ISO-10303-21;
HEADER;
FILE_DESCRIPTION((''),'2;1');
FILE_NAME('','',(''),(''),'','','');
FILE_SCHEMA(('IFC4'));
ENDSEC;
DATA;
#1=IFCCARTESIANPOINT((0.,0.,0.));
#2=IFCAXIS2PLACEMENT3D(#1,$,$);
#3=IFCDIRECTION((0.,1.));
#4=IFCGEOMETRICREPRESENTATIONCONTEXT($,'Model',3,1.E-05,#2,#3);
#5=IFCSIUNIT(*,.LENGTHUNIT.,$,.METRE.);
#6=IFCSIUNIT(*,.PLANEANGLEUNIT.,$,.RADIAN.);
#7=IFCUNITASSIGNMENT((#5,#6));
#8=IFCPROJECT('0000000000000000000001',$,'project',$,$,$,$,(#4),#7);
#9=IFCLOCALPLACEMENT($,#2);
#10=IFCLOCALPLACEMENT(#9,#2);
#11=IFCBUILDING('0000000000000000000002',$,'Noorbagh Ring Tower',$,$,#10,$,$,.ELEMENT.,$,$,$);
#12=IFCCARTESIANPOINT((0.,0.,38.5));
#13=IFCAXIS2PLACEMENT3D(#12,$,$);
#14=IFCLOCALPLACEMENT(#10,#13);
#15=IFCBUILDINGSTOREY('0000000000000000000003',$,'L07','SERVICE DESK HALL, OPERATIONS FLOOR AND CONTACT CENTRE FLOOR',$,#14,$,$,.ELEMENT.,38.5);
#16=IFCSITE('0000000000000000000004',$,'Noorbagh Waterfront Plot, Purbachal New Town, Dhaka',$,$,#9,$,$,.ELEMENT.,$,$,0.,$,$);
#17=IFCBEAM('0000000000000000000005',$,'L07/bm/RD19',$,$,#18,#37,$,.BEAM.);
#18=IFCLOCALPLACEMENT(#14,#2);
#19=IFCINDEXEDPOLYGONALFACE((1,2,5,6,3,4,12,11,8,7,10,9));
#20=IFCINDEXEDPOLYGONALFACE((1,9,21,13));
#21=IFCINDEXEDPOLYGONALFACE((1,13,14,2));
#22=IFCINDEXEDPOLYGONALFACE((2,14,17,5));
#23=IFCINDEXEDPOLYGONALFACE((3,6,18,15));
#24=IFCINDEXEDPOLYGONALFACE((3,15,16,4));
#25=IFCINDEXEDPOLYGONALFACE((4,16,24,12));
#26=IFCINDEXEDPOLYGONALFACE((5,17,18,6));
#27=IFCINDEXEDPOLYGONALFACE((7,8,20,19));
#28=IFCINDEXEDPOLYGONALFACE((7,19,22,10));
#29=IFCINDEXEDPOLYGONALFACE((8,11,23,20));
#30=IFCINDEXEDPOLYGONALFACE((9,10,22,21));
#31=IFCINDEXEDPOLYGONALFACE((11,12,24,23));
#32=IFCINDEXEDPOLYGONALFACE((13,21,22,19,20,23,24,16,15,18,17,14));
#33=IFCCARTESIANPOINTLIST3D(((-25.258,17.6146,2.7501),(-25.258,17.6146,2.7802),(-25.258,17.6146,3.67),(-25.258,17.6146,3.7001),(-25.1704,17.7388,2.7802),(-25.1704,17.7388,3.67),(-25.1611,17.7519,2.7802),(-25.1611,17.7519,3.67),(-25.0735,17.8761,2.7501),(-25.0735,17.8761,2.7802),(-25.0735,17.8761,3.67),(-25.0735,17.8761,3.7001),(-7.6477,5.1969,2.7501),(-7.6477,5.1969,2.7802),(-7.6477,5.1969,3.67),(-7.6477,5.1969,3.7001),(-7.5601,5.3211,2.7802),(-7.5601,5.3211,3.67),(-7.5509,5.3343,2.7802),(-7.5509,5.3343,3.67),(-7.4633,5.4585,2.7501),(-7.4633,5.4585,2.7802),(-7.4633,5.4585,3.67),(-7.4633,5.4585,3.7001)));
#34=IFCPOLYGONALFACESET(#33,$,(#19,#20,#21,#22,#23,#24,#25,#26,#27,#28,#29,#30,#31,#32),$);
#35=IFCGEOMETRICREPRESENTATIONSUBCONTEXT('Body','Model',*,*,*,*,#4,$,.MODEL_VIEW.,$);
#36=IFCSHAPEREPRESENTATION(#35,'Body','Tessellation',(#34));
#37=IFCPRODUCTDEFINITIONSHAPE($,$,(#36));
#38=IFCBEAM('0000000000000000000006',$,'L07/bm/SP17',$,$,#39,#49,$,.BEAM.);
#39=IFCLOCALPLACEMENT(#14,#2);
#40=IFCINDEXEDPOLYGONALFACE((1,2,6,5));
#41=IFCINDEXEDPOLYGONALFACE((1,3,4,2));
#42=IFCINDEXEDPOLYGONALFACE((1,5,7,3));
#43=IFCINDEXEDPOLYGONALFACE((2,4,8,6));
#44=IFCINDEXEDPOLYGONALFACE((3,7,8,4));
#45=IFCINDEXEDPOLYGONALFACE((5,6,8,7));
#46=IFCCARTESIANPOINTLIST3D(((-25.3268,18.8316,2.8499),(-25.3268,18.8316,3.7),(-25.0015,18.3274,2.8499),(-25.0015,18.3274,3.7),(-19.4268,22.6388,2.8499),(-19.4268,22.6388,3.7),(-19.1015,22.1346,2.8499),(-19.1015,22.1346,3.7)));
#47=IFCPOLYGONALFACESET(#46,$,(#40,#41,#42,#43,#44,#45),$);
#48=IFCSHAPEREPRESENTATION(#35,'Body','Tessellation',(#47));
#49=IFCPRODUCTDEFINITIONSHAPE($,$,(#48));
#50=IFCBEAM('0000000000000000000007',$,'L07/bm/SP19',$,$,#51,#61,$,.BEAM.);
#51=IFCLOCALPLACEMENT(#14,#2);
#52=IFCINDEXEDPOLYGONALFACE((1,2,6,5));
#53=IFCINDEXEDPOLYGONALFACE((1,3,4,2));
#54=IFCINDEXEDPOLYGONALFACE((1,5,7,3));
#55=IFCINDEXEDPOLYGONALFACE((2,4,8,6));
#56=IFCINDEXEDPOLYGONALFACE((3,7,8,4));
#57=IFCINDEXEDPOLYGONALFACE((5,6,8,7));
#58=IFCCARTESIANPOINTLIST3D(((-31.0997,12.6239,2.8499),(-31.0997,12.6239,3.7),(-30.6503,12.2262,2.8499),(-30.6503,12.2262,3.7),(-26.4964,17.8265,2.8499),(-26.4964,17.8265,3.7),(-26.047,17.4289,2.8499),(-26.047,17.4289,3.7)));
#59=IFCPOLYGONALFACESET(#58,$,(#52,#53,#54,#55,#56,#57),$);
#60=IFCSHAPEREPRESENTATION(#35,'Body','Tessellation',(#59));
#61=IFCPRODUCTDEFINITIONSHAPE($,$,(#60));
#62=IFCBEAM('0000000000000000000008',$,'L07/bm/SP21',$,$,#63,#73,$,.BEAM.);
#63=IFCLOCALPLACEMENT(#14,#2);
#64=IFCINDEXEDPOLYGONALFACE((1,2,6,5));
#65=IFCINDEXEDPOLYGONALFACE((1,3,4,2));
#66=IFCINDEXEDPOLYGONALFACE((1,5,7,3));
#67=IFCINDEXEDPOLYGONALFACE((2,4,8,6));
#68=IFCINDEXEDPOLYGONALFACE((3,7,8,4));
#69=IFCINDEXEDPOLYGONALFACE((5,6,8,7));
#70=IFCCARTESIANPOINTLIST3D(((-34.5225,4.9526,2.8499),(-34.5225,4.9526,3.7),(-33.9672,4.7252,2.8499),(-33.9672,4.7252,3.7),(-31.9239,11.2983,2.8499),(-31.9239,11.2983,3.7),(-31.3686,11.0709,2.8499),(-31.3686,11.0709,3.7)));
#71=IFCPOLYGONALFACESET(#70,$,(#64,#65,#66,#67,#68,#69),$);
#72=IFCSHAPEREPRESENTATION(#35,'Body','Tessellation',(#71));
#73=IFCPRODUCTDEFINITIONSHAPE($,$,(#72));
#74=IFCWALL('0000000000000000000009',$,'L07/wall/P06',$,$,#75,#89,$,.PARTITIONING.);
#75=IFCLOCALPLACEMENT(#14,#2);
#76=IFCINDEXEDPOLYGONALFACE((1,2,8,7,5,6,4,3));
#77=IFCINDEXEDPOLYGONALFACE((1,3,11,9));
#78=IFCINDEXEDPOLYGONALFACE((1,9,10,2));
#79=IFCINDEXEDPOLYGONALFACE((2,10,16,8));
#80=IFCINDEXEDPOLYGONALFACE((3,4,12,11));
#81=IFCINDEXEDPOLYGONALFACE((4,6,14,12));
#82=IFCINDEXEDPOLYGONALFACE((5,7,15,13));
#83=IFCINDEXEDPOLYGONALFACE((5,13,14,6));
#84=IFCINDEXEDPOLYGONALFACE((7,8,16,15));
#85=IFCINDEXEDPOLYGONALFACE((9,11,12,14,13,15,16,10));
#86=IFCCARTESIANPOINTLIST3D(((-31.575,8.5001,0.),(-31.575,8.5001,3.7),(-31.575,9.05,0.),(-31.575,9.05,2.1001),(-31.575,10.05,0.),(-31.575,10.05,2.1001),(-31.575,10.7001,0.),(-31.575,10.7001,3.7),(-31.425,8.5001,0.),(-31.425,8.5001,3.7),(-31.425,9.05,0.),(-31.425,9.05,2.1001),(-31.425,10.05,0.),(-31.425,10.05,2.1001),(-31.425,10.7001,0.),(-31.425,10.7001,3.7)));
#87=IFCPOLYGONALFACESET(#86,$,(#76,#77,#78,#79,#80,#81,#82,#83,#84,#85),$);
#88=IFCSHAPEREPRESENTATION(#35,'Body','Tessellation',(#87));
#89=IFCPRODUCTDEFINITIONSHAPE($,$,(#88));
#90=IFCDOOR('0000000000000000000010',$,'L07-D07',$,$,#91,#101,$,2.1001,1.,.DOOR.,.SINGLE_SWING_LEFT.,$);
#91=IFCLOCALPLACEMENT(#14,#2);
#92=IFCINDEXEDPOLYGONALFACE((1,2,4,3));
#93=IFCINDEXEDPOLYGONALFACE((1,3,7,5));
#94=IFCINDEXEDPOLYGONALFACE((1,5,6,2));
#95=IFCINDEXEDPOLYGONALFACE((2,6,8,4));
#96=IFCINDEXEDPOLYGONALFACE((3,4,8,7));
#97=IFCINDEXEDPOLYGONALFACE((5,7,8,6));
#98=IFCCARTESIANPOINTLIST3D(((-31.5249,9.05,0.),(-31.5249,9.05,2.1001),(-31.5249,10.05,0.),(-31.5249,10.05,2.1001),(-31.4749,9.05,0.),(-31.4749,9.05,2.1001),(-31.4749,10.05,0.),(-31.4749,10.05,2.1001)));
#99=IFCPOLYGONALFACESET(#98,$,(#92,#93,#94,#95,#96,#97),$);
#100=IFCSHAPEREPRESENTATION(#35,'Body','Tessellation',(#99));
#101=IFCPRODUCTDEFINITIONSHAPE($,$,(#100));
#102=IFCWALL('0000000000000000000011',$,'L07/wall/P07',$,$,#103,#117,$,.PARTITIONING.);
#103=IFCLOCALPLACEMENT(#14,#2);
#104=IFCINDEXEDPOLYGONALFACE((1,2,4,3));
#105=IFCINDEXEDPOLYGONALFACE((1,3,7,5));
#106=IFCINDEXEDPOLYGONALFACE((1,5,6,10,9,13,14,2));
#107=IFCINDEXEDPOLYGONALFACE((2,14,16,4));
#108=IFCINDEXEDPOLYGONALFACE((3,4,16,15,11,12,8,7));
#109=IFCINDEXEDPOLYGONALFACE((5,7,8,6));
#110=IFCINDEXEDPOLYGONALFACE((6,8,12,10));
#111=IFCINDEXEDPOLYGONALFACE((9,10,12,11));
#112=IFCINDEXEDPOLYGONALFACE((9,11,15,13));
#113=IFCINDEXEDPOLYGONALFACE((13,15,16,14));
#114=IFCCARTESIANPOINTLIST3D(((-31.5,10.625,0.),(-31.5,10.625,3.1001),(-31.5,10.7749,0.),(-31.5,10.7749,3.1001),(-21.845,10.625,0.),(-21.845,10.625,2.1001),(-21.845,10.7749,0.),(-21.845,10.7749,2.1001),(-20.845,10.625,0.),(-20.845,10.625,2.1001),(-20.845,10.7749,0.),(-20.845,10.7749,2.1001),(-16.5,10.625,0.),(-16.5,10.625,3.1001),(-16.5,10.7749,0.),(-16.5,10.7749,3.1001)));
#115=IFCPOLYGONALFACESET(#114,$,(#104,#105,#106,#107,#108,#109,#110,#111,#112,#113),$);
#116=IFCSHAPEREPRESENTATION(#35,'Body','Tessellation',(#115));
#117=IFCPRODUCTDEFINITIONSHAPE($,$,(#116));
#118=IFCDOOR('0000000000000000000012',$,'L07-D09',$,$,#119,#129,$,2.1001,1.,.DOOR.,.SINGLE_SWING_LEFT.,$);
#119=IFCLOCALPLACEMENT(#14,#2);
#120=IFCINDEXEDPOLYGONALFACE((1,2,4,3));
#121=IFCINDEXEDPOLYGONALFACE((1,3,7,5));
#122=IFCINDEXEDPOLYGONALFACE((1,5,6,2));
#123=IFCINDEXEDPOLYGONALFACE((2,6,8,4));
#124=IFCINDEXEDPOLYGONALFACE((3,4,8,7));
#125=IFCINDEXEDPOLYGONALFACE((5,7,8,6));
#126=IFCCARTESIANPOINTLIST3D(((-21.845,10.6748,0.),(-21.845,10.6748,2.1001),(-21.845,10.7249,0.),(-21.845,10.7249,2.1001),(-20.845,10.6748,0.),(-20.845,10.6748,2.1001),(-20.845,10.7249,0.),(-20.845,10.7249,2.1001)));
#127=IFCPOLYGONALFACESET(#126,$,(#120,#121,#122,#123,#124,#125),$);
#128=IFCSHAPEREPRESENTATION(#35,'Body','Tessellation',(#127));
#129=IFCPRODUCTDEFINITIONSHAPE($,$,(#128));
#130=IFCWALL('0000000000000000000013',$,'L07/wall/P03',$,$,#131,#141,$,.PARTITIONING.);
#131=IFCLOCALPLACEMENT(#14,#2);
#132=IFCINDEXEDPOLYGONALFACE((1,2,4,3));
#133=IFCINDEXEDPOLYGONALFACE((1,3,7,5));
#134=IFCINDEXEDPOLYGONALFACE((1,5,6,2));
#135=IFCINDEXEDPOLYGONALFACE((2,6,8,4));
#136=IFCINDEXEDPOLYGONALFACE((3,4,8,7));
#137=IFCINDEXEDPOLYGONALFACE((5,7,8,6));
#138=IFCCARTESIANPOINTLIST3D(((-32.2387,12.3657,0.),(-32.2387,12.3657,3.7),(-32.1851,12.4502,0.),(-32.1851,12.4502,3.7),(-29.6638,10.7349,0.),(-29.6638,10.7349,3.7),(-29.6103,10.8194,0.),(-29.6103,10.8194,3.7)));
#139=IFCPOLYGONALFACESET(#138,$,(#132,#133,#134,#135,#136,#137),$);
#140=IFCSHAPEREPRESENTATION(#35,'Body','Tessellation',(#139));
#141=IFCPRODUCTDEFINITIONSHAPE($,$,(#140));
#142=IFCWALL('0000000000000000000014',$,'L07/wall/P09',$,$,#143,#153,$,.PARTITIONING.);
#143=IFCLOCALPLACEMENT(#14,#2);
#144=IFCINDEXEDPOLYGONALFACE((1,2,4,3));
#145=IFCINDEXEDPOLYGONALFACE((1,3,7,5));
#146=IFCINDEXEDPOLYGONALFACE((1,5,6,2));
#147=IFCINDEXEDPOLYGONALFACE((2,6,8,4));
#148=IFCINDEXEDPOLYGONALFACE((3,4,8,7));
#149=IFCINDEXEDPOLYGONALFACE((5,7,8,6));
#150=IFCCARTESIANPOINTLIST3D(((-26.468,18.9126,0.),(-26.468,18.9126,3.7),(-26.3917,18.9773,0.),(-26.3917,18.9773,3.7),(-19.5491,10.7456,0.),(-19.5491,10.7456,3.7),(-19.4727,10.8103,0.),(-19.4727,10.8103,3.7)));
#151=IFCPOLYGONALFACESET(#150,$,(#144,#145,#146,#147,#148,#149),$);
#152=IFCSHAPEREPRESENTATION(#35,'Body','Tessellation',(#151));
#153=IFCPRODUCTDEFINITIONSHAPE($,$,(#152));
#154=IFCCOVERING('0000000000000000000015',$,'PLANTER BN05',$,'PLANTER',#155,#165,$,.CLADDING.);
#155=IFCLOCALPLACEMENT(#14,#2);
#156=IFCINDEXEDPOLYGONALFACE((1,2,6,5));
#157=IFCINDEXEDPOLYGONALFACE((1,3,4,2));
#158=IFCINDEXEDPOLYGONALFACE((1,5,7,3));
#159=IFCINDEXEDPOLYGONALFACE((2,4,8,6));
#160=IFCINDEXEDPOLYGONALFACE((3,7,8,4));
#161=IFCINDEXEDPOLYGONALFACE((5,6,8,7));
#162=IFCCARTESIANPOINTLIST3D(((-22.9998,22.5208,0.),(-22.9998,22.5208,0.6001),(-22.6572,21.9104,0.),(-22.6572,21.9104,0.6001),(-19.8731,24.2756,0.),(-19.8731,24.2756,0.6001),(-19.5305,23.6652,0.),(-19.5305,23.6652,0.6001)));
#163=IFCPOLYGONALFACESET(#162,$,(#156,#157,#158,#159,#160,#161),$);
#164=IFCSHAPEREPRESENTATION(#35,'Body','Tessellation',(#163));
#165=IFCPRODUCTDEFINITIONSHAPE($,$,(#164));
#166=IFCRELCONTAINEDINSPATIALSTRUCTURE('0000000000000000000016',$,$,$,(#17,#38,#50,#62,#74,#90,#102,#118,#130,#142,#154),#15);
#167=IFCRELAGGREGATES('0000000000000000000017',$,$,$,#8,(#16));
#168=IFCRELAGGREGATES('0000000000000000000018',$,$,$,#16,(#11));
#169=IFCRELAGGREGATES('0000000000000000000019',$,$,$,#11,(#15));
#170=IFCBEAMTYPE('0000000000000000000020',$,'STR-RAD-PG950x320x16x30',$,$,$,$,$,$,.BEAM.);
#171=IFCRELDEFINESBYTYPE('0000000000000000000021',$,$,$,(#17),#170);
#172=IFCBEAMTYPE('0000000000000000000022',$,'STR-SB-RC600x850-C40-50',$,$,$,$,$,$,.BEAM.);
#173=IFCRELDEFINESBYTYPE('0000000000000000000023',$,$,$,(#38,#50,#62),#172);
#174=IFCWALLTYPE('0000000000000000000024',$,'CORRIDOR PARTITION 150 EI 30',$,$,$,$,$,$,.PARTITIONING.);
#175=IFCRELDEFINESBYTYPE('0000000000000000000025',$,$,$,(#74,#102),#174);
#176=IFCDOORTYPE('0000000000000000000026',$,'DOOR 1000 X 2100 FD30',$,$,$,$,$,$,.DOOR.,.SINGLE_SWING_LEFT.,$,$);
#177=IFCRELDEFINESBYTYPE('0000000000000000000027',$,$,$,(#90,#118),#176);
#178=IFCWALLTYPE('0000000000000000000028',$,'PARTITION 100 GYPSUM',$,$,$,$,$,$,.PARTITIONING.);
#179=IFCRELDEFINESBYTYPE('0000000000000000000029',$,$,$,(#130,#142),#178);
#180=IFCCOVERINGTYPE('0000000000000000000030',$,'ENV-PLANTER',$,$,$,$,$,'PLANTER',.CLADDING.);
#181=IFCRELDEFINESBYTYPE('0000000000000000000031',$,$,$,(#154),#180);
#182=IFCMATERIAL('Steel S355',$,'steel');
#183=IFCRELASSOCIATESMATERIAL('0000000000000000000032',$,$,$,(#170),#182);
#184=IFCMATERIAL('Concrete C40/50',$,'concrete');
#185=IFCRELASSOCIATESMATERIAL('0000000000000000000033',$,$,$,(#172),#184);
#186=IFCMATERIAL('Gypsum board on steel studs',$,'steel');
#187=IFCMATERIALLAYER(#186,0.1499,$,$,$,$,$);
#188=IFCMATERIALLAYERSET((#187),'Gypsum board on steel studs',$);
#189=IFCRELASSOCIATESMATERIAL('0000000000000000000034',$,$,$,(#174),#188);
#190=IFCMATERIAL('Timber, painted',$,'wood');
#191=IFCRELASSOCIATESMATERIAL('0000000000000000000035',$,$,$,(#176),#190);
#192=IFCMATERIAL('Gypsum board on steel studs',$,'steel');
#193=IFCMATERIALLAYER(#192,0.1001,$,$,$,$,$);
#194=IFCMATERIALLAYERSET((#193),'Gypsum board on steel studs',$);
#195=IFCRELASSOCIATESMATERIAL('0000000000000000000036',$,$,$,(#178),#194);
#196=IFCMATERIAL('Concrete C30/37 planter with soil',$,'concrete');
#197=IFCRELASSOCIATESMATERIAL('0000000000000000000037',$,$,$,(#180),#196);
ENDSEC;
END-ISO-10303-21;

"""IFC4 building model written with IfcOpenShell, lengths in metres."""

from ifc_helpers import new_model, si_unit, direction, frame, frame_2d, origin, origin_2d, place, context, subcontext, project, spatial, rectangle, i_section, extrude, material, layer, layer_set, material_profile, profile_set, type_object, element, fill, save


model = new_model("IFC4")

# Units and contexts
model_context = context("Model", 3, precision=1e-05, world=origin(), true_north=direction((0.0, 1.0)))
body_context = subcontext(model_context, "Body", "Model", "MODEL_VIEW")
ifc_project = project(units=[si_unit("LENGTHUNIT", "METRE"), si_unit("PLANEANGLEUNIT", "RADIAN")], contexts=[model_context])

# Site, building, storey
site_placement = place(None, origin())
site = spatial("IfcSite", under=ifc_project, at=site_placement, Name="Noorbagh Waterfront Plot, Purbachal New Town, Dhaka", CompositionType="ELEMENT", RefElevation=0.0)
building_placement = place(site_placement, origin())
building = spatial("IfcBuilding", under=site, at=building_placement, Name="Noorbagh Ring Tower", CompositionType="ELEMENT")
storey_placement = place(building_placement, frame((0.0, 0.0, 38.5)))
storey = spatial("IfcBuildingStorey", under=building, at=storey_placement, Name="L07", Description="SERVICE DESK HALL, OPERATIONS FLOOR AND CONTACT CENTRE FLOOR", CompositionType="ELEMENT", Elevation=38.5)

# Beams
ifc_material_1 = material(Name="Steel S355", Category="steel")
ifc_material_profile_1 = material_profile(ifc_material_1, i_section(OverallWidth=0.3201, OverallDepth=0.95, WebThickness=0.0161, FlangeThickness=0.03, at=origin_2d()), Name="PG950x320x16x30")
ifc_profile_set_1 = profile_set([ifc_material_profile_1], Name="Steel S355")
beam_type_1 = type_object("IfcBeamType", Name="STR-RAD-PG950x320x16x30", PredefinedType="BEAM", material=ifc_profile_set_1)
beam_1_placement = place(storey_placement, frame((-25.1658, 17.7454, 3.2251), z_axis=(0.817254, -0.576277, 0.0), x_axis=(0.576277, 0.817254, 0.0)))
element("IfcBeam", 1, at=beam_1_placement, inside=storey, type_object=beam_type_1, Name="L07/bm/RD19", PredefinedType="BEAM", context=body_context, shape_type="SweptSolid", body=[
    extrude(i_section(OverallWidth=0.3201, OverallDepth=0.95, WebThickness=0.0161, FlangeThickness=0.03, at=origin_2d()), origin(), (0.0, 0.0, 1.0), 21.5481),
])
ifc_material_2 = material(Name="Concrete C40/50", Category="concrete")
ifc_material_profile_2 = material_profile(ifc_material_2, rectangle(XDim=0.6001, YDim=0.8501, at=origin_2d()), Name="RC600x850")
ifc_profile_set_2 = profile_set([ifc_material_profile_2], Name="Concrete C40/50")
beam_type_2 = type_object("IfcBeamType", Name="STR-SB-RC600x850-C40-50", PredefinedType="BEAM", material=ifc_profile_set_2)
beam_2_placement = place(storey_placement, frame((-19.2642, 22.3867, 3.2749), z_axis=(-0.840249, -0.542201, 0.0), x_axis=(0.542201, -0.840249, 0.0)))
element("IfcBeam", 2, at=beam_2_placement, inside=storey, type_object=beam_type_2, Name="L07/bm/SP17", PredefinedType="BEAM", context=body_context, shape_type="SweptSolid", body=[
    extrude(rectangle(XDim=0.6001, YDim=0.8501, at=origin_2d()), origin(), (0.0, 0.0, 1.0), 7.0217),
])
beam_3_placement = place(storey_placement, frame((-26.2717, 17.6277, 3.2749), z_axis=(-0.66265, -0.748929, 0.0), x_axis=(0.748929, -0.66265, 0.0)))
element("IfcBeam", 3, at=beam_3_placement, inside=storey, type_object=beam_type_2, Name="L07/bm/SP19", PredefinedType="BEAM", context=body_context, shape_type="SweptSolid", body=[
    extrude(rectangle(XDim=0.6001, YDim=0.8501, at=origin_2d()), origin(), (0.0, 0.0, 1.0), 6.9468),
])
beam_4_placement = place(storey_placement, frame((-31.6462, 11.1846, 3.2749), z_axis=(-0.378966, -0.925411, 0.0), x_axis=(0.925411, -0.378966, 0.0)))
element("IfcBeam", 4, at=beam_4_placement, inside=storey, type_object=beam_type_2, Name="L07/bm/SP21", PredefinedType="BEAM", context=body_context, shape_type="SweptSolid", body=[
    extrude(rectangle(XDim=0.6001, YDim=0.8501, at=origin_2d()), origin(), (0.0, 0.0, 1.0), 6.8572),
])

# Walls, openings, doors
ifc_material_3 = material(Name="Gypsum board on steel studs", Category="steel")
ifc_layer_1 = layer(ifc_material_3, 0.1499)
ifc_layer_set_1 = layer_set([ifc_layer_1], Name="Gypsum board on steel studs")
wall_type_1 = type_object("IfcWallType", Name="CORRIDOR PARTITION 150 EI 30", PredefinedType="PARTITIONING", material=ifc_layer_set_1)
wall_1_placement = place(storey_placement, frame((-31.5, 8.5, 0.0), z_axis=(0.0, 0.0, 1.0), x_axis=(0.0, 1.0, 0.0)))
wall_1 = element("IfcWall", 5, at=wall_1_placement, inside=storey, type_object=wall_type_1, Name="L07/wall/P06", PredefinedType="PARTITIONING", context=body_context, shape_type="SweptSolid", body=[
    extrude(rectangle(XDim=2.2, YDim=0.1499, at=frame_2d((1.1001, 0.0))), origin(), (0.0, 0.0, 1.0), 3.7),
])
opening_1_placement = place(wall_1_placement, frame((0.55, 0.0, 0.0)))
opening_1 = element("IfcOpeningElement", 6, at=opening_1_placement, cuts=wall_1, PredefinedType="OPENING", context=body_context, shape_type="SweptSolid", body=[
    extrude(rectangle(XDim=1.0, YDim=2.1001, at=frame_2d((0.5, 1.05))), frame((0.0, 0.085, 0.0), z_axis=(0.0, -1.0, 0.0), x_axis=(1.0, 0.0, 0.0)), (0.0, 0.0, 1.0), 0.1699),
])
ifc_material_4 = material(Name="Timber, painted", Category="wood")
door_type = type_object("IfcDoorType", Name="DOOR 1000 X 2100 FD30", OperationType="SINGLE_SWING_LEFT", PredefinedType="DOOR", material=ifc_material_4)
door_1_placement = place(opening_1_placement, origin())
door_1 = element("IfcDoor", 7, at=door_1_placement, inside=storey, type_object=door_type, Name="L07-D07", OperationType="SINGLE_SWING_LEFT", OverallHeight=2.1001, OverallWidth=1.0, PredefinedType="DOOR", context=body_context, shape_type="SweptSolid", body=[
    extrude(rectangle(XDim=1.0, YDim=2.1001, at=frame_2d((0.5, 1.05))), frame((0.0, 0.0249, 0.0), z_axis=(0.0, -1.0, 0.0), x_axis=(1.0, 0.0, 0.0)), (0.0, 0.0, 1.0), 0.05),
])
fill(opening_1, door_1)
wall_2_placement = place(storey_placement, frame((-31.5, 10.7, 0.0), z_axis=(0.0, 0.0, 1.0), x_axis=(1.0, 0.0, 0.0)))
wall_2 = element("IfcWall", 8, at=wall_2_placement, inside=storey, type_object=wall_type_1, Name="L07/wall/P07", PredefinedType="PARTITIONING", context=body_context, shape_type="SweptSolid", body=[
    extrude(rectangle(XDim=15.0, YDim=0.1499, at=frame_2d((7.5, 0.0))), origin(), (0.0, 0.0, 1.0), 3.1001),
])
opening_2_placement = place(wall_2_placement, frame((9.655, 0.0, 0.0)))
opening_2 = element("IfcOpeningElement", 9, at=opening_2_placement, cuts=wall_2, PredefinedType="OPENING", context=body_context, shape_type="SweptSolid", body=[
    extrude(rectangle(XDim=1.0, YDim=2.1001, at=frame_2d((0.5, 1.05))), frame((0.0, 0.085, 0.0), z_axis=(0.0, -1.0, 0.0), x_axis=(1.0, 0.0, 0.0)), (0.0, 0.0, 1.0), 0.1699),
])
door_2_placement = place(opening_2_placement, origin())
door_2 = element("IfcDoor", 10, at=door_2_placement, inside=storey, type_object=door_type, Name="L07-D09", OperationType="SINGLE_SWING_LEFT", OverallHeight=2.1001, OverallWidth=1.0, PredefinedType="DOOR", context=body_context, shape_type="SweptSolid", body=[
    extrude(rectangle(XDim=1.0, YDim=2.1001, at=frame_2d((0.5, 1.05))), frame((0.0, 0.0249, 0.0), z_axis=(0.0, -1.0, 0.0), x_axis=(1.0, 0.0, 0.0)), (0.0, 0.0, 1.0), 0.05),
])
fill(opening_2, door_2)

# Walls
ifc_material_5 = material(Name="Gypsum board on steel studs", Category="steel")
ifc_layer_2 = layer(ifc_material_5, 0.1001)
ifc_layer_set_2 = layer_set([ifc_layer_2], Name="Gypsum board on steel studs")
wall_type_2 = type_object("IfcWallType", Name="PARTITION 100 GYPSUM", PredefinedType="PARTITIONING", material=ifc_layer_set_2)
wall_3_placement = place(storey_placement, frame((-32.2119, 12.408, 0.0), z_axis=(0.0, 0.0, 1.0), x_axis=(0.844811, -0.535065, 0.0)))
element("IfcWall", 11, at=wall_3_placement, inside=storey, type_object=wall_type_2, Name="L07/wall/P03", PredefinedType="PARTITIONING", context=body_context, shape_type="SweptSolid", body=[
    extrude(rectangle(XDim=3.0479, YDim=0.1001, at=frame_2d((1.5239, 0.0))), origin(), (0.0, 0.0, 1.0), 3.7),
])
wall_4_placement = place(storey_placement, frame((-26.4299, 18.9451, 0.0), z_axis=(0.0, 0.0, 1.0), x_axis=(0.6464, -0.762999, 0.0)))
element("IfcWall", 12, at=wall_4_placement, inside=storey, type_object=wall_type_2, Name="L07/wall/P09", PredefinedType="PARTITIONING", context=body_context, shape_type="SweptSolid", body=[
    extrude(rectangle(XDim=10.7039, YDim=0.1001, at=frame_2d((5.3521, 0.0))), origin(), (0.0, 0.0, 1.0), 3.7),
])

# Covering
ifc_material_6 = material(Name="Concrete C30/37 planter with soil", Category="concrete")
covering_type = type_object("IfcCoveringType", Name="ENV-PLANTER", ElementType="PLANTER", PredefinedType="CLADDING", material=ifc_material_6)
covering_placement = place(storey_placement, frame((-21.2651, 23.093, 0.0), z_axis=(0.0, 0.0, 1.0), x_axis=(-0.872045, -0.489426, 0.0)))
element("IfcCovering", 13, at=covering_placement, inside=storey, type_object=covering_type, Name="PLANTER BN05", ObjectType="PLANTER", PredefinedType="CLADDING", context=body_context, shape_type="SweptSolid", body=[
    extrude(rectangle(XDim=3.5854, YDim=0.7, at=origin_2d()), origin(), (0.0, 0.0, 1.0), 0.6001),
])

save(model, "model.ifc")
